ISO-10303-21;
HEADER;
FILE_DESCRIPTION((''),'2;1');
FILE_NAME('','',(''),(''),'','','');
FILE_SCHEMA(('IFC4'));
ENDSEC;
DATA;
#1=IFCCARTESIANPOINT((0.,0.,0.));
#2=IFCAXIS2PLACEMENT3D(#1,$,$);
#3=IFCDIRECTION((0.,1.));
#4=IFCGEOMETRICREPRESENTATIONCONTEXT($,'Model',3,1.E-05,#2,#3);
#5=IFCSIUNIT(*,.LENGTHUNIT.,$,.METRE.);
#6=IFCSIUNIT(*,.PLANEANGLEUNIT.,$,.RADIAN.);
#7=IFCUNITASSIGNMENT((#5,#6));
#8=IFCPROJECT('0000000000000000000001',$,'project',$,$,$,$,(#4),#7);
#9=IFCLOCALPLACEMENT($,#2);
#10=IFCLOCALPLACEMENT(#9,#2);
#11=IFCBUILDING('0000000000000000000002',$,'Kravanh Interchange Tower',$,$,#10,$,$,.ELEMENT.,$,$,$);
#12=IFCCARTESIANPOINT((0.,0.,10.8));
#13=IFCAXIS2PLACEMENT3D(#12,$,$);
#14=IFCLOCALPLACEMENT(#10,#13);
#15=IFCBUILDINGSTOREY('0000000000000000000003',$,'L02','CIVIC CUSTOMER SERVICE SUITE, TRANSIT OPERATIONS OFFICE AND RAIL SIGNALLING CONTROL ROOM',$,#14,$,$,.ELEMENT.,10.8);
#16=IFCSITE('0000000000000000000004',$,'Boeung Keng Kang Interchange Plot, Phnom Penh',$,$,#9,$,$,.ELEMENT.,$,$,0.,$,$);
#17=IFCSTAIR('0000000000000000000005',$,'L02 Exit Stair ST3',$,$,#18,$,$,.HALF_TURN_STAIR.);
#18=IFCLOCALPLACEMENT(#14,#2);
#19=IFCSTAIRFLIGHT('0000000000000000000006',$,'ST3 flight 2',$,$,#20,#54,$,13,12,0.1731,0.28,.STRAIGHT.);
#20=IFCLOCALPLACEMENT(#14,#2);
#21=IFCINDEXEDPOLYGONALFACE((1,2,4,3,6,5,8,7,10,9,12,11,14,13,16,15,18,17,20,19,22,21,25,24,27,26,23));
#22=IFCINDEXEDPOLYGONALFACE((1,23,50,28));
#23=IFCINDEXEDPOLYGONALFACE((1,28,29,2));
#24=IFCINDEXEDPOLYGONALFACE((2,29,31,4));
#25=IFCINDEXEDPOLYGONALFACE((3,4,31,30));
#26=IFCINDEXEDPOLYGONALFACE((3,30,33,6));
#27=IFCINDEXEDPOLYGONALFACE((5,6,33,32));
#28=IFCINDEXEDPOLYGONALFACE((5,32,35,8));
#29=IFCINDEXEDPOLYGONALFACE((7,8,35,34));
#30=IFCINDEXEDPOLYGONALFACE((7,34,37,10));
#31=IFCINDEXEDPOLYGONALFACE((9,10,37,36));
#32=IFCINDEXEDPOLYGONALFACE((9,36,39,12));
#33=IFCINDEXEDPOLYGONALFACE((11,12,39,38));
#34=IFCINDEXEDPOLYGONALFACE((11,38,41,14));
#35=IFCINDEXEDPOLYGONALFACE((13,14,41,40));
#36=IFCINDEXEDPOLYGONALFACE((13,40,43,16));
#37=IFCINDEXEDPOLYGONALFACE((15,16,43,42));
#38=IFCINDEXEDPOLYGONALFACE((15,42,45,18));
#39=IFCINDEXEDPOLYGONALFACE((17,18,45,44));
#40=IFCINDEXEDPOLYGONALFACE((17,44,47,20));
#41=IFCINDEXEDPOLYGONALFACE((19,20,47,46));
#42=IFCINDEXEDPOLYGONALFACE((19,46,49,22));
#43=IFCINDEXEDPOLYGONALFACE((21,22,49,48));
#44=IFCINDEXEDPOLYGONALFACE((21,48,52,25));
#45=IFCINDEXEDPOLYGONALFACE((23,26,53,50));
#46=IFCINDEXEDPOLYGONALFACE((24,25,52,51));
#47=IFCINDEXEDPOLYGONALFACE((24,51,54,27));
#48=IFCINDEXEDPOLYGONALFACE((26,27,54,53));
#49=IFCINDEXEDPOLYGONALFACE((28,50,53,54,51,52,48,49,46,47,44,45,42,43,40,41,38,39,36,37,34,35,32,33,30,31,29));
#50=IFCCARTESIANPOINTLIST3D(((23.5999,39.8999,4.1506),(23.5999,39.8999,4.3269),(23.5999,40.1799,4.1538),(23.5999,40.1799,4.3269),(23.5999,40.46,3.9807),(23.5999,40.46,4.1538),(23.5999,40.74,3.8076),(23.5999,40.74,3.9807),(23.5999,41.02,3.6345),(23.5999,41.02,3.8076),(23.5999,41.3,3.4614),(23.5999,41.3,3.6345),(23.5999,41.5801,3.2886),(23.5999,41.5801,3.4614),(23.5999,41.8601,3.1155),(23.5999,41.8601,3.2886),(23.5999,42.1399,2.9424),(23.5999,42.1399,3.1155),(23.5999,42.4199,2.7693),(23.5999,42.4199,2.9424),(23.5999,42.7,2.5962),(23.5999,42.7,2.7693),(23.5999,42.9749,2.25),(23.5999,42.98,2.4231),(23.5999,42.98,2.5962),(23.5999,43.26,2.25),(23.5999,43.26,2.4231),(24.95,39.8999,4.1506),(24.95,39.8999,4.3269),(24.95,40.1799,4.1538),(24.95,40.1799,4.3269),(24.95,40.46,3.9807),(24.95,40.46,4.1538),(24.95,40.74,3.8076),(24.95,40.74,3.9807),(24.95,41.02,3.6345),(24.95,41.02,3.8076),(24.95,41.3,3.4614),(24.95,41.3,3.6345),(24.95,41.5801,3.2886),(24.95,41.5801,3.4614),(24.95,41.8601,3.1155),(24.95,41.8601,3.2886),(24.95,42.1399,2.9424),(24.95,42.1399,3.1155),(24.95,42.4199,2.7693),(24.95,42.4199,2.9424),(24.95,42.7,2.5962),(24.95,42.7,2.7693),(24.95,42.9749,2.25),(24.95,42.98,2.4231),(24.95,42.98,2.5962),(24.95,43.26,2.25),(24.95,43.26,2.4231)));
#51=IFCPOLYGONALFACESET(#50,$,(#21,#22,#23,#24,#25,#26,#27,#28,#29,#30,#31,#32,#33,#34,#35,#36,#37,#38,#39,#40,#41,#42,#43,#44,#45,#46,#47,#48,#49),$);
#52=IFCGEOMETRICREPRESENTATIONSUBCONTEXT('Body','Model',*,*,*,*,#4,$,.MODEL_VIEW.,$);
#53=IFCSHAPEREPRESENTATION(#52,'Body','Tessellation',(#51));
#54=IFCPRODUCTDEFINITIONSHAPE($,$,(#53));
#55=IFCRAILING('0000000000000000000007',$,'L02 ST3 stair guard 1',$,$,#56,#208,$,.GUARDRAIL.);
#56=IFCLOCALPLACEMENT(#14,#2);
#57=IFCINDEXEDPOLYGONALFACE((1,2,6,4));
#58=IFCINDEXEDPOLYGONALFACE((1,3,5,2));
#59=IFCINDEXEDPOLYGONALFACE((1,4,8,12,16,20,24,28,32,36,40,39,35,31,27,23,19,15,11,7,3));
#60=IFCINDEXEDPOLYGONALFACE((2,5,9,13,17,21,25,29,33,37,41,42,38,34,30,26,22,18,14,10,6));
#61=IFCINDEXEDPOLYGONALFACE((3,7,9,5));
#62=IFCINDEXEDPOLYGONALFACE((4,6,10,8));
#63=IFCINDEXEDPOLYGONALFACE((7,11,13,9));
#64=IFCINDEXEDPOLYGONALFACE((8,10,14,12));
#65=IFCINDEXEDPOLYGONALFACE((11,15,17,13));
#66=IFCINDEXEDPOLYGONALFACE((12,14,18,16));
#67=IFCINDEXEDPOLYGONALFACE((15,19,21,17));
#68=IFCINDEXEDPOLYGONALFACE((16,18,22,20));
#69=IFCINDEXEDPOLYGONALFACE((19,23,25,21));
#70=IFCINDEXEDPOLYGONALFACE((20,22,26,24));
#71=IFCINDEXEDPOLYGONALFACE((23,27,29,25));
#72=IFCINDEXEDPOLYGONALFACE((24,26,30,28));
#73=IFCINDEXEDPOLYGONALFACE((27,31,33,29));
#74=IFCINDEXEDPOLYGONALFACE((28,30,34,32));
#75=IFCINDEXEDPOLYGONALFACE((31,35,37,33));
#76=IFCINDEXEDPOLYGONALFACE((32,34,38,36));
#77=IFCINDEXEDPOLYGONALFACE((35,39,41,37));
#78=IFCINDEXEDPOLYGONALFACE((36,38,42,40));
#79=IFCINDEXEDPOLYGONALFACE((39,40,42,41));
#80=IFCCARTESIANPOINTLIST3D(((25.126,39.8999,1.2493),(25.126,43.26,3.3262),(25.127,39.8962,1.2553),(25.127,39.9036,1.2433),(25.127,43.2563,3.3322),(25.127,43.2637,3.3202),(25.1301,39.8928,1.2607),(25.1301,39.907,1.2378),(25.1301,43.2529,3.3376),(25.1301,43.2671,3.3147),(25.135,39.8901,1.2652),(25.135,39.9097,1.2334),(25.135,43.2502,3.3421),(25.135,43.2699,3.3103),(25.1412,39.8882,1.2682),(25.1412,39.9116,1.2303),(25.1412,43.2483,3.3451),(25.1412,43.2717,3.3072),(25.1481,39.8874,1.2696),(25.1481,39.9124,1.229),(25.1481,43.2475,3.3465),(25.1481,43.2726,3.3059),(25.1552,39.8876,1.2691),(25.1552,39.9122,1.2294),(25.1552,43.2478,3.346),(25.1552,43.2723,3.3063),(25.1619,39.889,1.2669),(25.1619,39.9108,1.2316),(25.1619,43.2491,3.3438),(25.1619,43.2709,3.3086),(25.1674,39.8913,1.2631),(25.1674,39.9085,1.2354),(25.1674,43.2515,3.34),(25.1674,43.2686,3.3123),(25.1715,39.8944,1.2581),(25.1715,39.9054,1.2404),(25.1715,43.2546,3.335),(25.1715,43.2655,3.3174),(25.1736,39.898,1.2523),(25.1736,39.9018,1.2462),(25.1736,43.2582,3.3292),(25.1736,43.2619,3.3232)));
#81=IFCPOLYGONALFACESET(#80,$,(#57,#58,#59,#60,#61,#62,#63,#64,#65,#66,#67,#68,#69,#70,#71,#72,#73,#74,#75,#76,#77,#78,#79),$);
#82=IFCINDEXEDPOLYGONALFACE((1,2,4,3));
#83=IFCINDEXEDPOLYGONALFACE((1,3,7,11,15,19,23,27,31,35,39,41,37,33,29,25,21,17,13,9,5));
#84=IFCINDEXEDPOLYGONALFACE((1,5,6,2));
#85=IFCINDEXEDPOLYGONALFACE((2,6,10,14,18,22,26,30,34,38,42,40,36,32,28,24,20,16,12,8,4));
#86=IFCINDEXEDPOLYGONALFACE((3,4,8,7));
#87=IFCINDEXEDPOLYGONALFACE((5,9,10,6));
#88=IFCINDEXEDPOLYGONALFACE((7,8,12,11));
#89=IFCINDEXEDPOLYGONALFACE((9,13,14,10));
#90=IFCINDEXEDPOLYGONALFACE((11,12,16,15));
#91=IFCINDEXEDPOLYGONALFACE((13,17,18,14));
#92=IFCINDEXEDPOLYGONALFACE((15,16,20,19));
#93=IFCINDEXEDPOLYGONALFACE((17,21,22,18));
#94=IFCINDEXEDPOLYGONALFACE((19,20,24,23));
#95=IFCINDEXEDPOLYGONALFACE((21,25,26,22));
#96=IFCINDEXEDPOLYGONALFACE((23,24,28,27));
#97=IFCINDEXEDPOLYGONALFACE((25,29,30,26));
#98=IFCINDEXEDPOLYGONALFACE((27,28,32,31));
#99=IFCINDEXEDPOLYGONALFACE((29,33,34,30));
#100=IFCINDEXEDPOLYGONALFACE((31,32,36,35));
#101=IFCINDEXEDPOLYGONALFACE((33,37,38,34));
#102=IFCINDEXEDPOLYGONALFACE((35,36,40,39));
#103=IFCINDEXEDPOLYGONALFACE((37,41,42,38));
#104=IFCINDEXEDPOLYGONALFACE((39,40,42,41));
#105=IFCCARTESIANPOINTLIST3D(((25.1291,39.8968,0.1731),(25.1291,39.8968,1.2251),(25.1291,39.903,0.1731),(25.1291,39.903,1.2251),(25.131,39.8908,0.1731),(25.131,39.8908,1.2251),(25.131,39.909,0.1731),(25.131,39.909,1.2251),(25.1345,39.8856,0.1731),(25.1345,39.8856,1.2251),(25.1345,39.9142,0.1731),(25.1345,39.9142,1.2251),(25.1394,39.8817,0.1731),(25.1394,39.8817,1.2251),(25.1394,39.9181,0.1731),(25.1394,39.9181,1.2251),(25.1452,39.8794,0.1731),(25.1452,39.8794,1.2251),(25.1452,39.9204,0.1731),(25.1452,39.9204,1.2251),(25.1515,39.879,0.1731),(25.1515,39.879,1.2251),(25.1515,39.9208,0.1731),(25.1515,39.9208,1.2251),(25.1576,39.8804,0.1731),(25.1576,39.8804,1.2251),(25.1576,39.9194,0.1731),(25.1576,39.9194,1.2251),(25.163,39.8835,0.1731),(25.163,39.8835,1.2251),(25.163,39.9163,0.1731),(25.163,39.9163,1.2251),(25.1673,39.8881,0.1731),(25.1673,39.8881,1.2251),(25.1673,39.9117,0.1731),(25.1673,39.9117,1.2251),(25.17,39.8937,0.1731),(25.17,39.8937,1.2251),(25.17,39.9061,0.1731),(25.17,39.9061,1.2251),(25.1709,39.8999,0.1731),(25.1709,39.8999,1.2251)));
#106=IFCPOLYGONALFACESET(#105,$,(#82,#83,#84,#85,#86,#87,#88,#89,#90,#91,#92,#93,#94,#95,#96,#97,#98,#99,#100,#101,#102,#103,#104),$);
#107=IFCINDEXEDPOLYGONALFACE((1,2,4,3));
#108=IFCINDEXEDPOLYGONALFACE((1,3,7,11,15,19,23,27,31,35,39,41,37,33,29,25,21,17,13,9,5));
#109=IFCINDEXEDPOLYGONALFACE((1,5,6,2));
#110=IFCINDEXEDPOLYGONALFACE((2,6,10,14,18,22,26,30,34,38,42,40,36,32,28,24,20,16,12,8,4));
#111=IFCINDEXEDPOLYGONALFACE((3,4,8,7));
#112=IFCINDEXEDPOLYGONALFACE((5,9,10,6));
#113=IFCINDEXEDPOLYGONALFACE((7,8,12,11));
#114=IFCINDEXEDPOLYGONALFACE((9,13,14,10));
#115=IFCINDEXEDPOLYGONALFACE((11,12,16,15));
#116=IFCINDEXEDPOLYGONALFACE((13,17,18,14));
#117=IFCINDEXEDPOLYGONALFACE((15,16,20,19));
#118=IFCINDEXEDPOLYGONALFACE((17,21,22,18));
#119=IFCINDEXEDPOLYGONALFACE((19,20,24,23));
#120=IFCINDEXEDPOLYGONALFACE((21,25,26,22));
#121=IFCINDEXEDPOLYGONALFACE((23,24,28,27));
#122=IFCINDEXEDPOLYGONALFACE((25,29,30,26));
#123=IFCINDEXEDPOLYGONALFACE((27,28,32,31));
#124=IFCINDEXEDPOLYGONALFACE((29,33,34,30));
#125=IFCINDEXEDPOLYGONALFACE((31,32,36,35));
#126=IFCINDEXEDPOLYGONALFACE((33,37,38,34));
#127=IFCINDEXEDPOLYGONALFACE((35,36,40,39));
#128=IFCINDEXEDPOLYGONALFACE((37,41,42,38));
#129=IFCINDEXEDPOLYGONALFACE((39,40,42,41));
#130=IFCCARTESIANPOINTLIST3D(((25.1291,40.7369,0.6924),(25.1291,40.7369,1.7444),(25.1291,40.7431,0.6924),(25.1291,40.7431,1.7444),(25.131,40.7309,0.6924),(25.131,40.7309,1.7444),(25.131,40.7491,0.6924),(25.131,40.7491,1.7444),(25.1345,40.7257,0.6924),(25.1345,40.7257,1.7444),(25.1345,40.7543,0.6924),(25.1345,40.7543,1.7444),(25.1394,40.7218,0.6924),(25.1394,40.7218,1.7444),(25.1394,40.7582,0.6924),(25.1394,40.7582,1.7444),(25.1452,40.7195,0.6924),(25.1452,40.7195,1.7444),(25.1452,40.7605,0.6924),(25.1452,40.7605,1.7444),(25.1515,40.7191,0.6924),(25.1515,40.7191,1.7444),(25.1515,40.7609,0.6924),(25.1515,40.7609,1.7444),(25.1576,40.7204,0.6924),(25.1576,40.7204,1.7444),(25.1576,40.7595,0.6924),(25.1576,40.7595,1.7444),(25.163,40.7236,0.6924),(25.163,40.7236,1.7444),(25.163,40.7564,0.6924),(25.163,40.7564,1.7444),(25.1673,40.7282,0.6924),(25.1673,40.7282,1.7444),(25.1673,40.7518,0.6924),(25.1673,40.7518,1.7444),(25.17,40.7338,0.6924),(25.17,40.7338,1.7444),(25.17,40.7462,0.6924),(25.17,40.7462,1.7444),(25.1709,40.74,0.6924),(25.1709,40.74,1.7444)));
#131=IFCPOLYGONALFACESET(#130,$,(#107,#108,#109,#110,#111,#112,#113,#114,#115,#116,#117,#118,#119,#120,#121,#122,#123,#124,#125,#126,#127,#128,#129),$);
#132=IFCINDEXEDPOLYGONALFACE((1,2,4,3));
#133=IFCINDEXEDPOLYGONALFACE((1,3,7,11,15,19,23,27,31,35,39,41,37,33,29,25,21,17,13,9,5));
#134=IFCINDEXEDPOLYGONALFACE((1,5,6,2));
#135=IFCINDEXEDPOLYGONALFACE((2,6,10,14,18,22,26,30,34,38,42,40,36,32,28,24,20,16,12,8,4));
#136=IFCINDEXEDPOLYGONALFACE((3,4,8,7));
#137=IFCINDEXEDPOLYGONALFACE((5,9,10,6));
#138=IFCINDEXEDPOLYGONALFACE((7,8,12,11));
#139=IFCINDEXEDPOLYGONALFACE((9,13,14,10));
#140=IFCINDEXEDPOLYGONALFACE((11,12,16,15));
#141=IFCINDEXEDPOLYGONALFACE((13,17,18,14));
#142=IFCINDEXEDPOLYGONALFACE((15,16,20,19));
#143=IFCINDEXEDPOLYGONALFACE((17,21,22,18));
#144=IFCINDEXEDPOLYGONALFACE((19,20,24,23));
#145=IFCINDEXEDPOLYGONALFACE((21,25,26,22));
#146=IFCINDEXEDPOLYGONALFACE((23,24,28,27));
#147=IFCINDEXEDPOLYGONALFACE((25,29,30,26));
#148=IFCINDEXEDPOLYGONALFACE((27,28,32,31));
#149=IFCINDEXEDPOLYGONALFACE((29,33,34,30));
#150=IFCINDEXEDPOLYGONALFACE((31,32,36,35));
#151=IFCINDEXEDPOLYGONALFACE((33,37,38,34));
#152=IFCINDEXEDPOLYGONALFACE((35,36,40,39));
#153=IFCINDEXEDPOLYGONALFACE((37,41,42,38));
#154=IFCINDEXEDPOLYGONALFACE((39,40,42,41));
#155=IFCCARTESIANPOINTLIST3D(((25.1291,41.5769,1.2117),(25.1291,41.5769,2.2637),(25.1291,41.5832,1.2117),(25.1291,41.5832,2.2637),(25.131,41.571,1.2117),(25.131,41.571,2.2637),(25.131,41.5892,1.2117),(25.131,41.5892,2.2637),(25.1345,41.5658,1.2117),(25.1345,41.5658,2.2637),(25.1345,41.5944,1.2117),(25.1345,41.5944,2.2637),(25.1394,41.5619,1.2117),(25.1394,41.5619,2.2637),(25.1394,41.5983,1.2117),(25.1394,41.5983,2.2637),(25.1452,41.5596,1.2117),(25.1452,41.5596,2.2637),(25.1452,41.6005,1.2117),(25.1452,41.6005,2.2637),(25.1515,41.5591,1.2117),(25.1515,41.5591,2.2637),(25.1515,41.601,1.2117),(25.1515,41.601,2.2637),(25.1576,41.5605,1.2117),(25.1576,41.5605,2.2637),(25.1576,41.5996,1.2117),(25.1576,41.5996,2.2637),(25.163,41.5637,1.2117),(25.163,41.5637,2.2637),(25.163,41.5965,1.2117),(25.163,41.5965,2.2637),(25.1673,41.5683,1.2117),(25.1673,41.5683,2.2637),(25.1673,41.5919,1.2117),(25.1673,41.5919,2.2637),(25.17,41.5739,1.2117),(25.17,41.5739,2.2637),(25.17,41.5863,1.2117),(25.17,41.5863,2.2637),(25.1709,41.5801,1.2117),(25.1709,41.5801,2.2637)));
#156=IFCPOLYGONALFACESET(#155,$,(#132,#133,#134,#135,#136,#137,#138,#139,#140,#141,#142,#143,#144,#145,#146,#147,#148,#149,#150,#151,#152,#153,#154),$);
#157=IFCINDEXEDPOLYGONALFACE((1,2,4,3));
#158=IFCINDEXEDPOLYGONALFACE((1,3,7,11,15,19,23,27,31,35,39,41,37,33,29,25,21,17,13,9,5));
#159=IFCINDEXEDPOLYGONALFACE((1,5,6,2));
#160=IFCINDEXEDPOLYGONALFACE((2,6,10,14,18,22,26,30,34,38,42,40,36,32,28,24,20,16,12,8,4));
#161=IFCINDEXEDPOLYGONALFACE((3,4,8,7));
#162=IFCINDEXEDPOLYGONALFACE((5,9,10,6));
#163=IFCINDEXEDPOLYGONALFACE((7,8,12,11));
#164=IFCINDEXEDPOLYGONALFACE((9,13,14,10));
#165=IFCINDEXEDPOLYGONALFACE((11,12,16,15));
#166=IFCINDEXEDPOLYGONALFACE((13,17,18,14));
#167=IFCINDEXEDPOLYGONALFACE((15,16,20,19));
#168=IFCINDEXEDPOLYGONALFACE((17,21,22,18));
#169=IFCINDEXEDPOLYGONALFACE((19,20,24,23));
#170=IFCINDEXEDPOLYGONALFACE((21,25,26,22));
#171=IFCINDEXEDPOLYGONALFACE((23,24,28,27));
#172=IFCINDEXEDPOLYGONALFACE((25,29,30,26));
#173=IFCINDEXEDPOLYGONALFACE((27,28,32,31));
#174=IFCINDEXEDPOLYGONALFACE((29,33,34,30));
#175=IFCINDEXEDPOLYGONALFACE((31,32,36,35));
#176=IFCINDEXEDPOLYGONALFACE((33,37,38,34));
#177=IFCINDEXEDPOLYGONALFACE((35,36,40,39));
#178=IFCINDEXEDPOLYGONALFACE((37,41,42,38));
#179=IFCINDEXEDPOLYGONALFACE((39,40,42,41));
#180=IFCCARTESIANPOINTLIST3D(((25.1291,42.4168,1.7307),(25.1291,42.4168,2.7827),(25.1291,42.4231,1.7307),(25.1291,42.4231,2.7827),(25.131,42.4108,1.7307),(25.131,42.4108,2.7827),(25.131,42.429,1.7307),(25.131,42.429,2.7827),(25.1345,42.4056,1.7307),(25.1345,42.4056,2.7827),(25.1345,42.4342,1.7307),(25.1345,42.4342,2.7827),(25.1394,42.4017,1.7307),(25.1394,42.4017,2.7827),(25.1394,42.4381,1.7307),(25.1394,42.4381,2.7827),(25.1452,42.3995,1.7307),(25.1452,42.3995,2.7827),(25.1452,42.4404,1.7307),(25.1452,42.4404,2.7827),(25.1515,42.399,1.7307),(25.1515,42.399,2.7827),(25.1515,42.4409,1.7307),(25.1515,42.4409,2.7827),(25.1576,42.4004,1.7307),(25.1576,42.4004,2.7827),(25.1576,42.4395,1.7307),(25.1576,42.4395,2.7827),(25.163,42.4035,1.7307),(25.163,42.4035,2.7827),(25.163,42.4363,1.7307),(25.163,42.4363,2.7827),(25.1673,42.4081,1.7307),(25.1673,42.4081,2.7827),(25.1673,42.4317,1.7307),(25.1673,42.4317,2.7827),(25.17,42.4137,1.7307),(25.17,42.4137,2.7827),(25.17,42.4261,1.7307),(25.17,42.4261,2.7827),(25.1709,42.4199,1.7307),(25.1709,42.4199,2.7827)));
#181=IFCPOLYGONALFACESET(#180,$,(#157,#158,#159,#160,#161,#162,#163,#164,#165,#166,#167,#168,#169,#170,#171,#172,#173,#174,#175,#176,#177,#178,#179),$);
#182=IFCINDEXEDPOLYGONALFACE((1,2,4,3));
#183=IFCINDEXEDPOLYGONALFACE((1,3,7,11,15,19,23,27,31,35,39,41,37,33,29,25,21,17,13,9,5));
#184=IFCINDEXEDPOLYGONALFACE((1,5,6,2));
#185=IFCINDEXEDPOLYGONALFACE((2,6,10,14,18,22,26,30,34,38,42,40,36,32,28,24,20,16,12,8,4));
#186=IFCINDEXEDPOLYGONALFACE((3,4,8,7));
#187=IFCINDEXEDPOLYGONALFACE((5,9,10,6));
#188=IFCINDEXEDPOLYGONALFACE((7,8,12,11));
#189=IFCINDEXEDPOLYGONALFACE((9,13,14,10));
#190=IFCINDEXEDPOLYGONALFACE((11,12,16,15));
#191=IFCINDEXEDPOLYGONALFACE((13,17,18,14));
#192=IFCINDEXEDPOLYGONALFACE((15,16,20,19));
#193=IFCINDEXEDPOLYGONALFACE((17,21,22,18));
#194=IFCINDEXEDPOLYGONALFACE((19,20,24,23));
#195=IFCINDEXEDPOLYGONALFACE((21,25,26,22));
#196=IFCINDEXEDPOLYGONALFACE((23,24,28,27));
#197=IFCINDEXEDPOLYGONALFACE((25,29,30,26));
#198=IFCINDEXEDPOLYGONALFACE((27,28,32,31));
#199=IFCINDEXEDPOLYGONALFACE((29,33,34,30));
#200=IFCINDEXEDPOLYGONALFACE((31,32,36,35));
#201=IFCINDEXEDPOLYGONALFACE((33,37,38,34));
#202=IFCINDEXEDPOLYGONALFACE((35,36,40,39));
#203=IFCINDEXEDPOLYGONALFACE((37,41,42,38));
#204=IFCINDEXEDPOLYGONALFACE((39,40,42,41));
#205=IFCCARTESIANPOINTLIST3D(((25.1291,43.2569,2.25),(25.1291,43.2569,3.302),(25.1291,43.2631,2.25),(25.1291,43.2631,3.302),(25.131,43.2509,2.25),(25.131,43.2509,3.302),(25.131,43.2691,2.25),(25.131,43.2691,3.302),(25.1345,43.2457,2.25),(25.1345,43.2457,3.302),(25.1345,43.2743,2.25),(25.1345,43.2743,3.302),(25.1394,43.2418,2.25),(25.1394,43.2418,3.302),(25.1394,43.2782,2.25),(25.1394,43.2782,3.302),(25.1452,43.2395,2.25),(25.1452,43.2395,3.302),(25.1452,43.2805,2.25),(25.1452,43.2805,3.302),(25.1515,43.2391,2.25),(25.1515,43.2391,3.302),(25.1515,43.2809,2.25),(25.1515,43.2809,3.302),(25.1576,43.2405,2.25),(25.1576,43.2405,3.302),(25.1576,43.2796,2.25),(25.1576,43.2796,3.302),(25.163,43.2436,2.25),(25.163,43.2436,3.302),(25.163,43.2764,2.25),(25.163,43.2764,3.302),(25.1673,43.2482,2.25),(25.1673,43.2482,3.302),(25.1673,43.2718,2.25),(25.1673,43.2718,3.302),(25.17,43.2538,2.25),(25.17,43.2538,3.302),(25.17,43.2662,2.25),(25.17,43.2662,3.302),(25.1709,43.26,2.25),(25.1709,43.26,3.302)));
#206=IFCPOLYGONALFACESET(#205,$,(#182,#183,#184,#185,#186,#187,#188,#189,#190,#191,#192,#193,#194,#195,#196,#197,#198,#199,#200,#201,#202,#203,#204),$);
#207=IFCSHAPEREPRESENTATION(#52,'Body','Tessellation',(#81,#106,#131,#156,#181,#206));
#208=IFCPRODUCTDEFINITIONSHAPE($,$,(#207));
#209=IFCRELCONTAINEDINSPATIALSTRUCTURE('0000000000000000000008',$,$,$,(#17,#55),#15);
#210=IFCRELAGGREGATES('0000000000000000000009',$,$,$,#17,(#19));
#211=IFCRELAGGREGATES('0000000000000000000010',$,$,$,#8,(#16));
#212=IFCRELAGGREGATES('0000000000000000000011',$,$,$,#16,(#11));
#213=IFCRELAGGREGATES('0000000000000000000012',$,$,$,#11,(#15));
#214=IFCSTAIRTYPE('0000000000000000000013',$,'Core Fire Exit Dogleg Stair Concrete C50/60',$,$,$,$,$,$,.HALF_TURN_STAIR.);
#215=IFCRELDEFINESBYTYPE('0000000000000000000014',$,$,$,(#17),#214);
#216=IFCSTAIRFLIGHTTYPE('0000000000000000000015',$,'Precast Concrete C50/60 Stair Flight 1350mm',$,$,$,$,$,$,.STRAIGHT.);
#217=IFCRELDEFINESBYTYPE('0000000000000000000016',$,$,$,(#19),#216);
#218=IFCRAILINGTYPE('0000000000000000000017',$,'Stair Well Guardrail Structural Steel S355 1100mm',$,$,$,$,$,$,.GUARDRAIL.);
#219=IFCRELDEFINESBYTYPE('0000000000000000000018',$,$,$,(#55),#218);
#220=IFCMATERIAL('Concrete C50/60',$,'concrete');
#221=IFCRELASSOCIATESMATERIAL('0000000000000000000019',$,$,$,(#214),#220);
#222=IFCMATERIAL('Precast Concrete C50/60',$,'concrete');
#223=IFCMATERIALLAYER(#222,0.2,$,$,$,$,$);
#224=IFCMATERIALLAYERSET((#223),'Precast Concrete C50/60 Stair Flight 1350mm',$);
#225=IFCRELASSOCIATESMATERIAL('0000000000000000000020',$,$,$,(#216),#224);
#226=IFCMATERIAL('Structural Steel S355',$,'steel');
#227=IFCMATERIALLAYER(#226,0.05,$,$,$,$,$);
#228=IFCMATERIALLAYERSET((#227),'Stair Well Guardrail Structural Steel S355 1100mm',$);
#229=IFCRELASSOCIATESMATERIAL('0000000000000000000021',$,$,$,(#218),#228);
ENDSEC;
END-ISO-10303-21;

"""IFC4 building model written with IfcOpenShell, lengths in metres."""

from ifc_helpers import new_model, si_unit, direction, frame, origin, origin_2d, place, context, subcontext, project, spatial, polyline, circle, outline, extrude, material, layer, layer_set, type_object, element, aggregate, save


model = new_model("IFC4")

# Units and contexts
model_context = context("Model", 3, precision=1e-05, world=origin(), true_north=direction((0.0, 1.0)))
body_context = subcontext(model_context, "Body", "Model", "MODEL_VIEW")
ifc_project = project(units=[si_unit("LENGTHUNIT", "METRE"), si_unit("PLANEANGLEUNIT", "RADIAN")], contexts=[model_context])

# Site, building, storey
site_placement = place(None, origin())
site = spatial("IfcSite", under=ifc_project, at=site_placement, Name="Boeung Keng Kang Interchange Plot, Phnom Penh", CompositionType="ELEMENT", RefElevation=0.0)
building_placement = place(site_placement, origin())
building = spatial("IfcBuilding", under=site, at=building_placement, Name="Kravanh Interchange Tower", CompositionType="ELEMENT")
storey_placement = place(building_placement, frame((0.0, 0.0, 10.8)))
storey = spatial("IfcBuildingStorey", under=building, at=storey_placement, Name="L02", Description="CIVIC CUSTOMER SERVICE SUITE, TRANSIT OPERATIONS OFFICE AND RAIL SIGNALLING CONTROL ROOM", CompositionType="ELEMENT", Elevation=10.8)

# Stair, stair flight
ifc_material_1 = material(Name="Concrete C50/60", Category="concrete")
stair_type = type_object("IfcStairType", Name="Core Fire Exit Dogleg Stair Concrete C50/60", PredefinedType="HALF_TURN_STAIR", material=ifc_material_1)
stair_placement = place(storey_placement, origin())
stair = element("IfcStair", 1, at=stair_placement, inside=storey, type_object=stair_type, Name="L02 Exit Stair ST3", PredefinedType="HALF_TURN_STAIR")
ifc_material_2 = material(Name="Precast Concrete C50/60", Category="concrete")
ifc_layer_1 = layer(ifc_material_2, 0.2)
ifc_layer_set_1 = layer_set([ifc_layer_1], Name="Precast Concrete C50/60 Stair Flight 1350mm")
stair_flight_type = type_object("IfcStairFlightType", Name="Precast Concrete C50/60 Stair Flight 1350mm", PredefinedType="STRAIGHT", material=ifc_layer_set_1)
stair_flight_1_placement = place(storey_placement, frame((24.2749, 43.26, 2.25), z_axis=(0.0, 0.0, 1.0), x_axis=(0.0, -1.0, 0.0)))
stair_flight_1 = element("IfcStairFlight", 2, at=stair_flight_1_placement, type_object=stair_flight_type, Name="ST3 flight 2", NumberOfRisers=13, NumberOfTreads=12, PredefinedType="STRAIGHT", RiserHeight=0.1731, TreadLength=0.28, context=body_context, shape_type="SweptSolid", body=[
    extrude(outline(polyline([(0.0, 0.0), (0.0, 0.1731), (0.28, 0.1731), (0.28, 0.3462), (0.5601, 0.3462), (0.5601, 0.5193), (0.8401, 0.5193), (0.8401, 0.6924), (1.1201, 0.6924), (1.1201, 0.8655), (1.3999, 0.8655), (1.3999, 1.0386), (1.6799, 1.0386), (1.6799, 1.2114), (1.96, 1.2114), (1.96, 1.3845), (2.24, 1.3845), (2.24, 1.5576), (2.52, 1.5576), (2.52, 1.7307), (2.8, 1.7307), (2.8, 1.9038), (3.0801, 1.9038), (3.0801, 2.0769), (3.3601, 2.0769), (3.3601, 2.25), (3.3601, 1.9006), (0.2852, 0.0), (0.0, 0.0)])), frame((0.0, 0.675, 0.0), z_axis=(0.0, -1.0, 0.0), x_axis=(1.0, 0.0, 0.0)), (0.0, 0.0, 1.0), 1.3501),
])
aggregate(stair, [stair_flight_1])

# Railing
ifc_material_3 = material(Name="Structural Steel S355", Category="steel")
ifc_layer_2 = layer(ifc_material_3, 0.05)
ifc_layer_set_2 = layer_set([ifc_layer_2], Name="Stair Well Guardrail Structural Steel S355 1100mm")
railing_type_1 = type_object("IfcRailingType", Name="Stair Well Guardrail Structural Steel S355 1100mm", PredefinedType="GUARDRAIL", material=ifc_layer_set_2)
railing_1_placement = place(storey_placement, frame((25.1499, 39.8999, 0.1731)))
element("IfcRailing", 3, at=railing_1_placement, inside=storey, type_object=railing_type_1, Name="L02 ST3 stair guard 1", PredefinedType="GUARDRAIL", context=body_context, shape_type="SweptSolid", body=[
    extrude(circle(Radius=0.0239, at=origin_2d()), frame((0.0, 0.0, 1.0762), z_axis=(0.0, 0.850623, 0.525776), x_axis=(-1.0, 0.0, 0.0)), (0.0, 0.0, 1.0), 3.9502),
    extrude(circle(Radius=0.021, at=origin_2d()), origin(), (0.0, 0.0, 1.0), 1.052),
    extrude(circle(Radius=0.021, at=origin_2d()), frame((0.0, 0.8401, 0.5193)), (0.0, 0.0, 1.0), 1.052),
    extrude(circle(Radius=0.021, at=origin_2d()), frame((0.0, 1.6802, 1.0386)), (0.0, 0.0, 1.0), 1.052),
    extrude(circle(Radius=0.021, at=origin_2d()), frame((0.0, 2.52, 1.5576)), (0.0, 0.0, 1.0), 1.052),
    extrude(circle(Radius=0.021, at=origin_2d()), frame((0.0, 3.3601, 2.0769)), (0.0, 0.0, 1.0), 1.052),
])

save(model, "model.ifc")
